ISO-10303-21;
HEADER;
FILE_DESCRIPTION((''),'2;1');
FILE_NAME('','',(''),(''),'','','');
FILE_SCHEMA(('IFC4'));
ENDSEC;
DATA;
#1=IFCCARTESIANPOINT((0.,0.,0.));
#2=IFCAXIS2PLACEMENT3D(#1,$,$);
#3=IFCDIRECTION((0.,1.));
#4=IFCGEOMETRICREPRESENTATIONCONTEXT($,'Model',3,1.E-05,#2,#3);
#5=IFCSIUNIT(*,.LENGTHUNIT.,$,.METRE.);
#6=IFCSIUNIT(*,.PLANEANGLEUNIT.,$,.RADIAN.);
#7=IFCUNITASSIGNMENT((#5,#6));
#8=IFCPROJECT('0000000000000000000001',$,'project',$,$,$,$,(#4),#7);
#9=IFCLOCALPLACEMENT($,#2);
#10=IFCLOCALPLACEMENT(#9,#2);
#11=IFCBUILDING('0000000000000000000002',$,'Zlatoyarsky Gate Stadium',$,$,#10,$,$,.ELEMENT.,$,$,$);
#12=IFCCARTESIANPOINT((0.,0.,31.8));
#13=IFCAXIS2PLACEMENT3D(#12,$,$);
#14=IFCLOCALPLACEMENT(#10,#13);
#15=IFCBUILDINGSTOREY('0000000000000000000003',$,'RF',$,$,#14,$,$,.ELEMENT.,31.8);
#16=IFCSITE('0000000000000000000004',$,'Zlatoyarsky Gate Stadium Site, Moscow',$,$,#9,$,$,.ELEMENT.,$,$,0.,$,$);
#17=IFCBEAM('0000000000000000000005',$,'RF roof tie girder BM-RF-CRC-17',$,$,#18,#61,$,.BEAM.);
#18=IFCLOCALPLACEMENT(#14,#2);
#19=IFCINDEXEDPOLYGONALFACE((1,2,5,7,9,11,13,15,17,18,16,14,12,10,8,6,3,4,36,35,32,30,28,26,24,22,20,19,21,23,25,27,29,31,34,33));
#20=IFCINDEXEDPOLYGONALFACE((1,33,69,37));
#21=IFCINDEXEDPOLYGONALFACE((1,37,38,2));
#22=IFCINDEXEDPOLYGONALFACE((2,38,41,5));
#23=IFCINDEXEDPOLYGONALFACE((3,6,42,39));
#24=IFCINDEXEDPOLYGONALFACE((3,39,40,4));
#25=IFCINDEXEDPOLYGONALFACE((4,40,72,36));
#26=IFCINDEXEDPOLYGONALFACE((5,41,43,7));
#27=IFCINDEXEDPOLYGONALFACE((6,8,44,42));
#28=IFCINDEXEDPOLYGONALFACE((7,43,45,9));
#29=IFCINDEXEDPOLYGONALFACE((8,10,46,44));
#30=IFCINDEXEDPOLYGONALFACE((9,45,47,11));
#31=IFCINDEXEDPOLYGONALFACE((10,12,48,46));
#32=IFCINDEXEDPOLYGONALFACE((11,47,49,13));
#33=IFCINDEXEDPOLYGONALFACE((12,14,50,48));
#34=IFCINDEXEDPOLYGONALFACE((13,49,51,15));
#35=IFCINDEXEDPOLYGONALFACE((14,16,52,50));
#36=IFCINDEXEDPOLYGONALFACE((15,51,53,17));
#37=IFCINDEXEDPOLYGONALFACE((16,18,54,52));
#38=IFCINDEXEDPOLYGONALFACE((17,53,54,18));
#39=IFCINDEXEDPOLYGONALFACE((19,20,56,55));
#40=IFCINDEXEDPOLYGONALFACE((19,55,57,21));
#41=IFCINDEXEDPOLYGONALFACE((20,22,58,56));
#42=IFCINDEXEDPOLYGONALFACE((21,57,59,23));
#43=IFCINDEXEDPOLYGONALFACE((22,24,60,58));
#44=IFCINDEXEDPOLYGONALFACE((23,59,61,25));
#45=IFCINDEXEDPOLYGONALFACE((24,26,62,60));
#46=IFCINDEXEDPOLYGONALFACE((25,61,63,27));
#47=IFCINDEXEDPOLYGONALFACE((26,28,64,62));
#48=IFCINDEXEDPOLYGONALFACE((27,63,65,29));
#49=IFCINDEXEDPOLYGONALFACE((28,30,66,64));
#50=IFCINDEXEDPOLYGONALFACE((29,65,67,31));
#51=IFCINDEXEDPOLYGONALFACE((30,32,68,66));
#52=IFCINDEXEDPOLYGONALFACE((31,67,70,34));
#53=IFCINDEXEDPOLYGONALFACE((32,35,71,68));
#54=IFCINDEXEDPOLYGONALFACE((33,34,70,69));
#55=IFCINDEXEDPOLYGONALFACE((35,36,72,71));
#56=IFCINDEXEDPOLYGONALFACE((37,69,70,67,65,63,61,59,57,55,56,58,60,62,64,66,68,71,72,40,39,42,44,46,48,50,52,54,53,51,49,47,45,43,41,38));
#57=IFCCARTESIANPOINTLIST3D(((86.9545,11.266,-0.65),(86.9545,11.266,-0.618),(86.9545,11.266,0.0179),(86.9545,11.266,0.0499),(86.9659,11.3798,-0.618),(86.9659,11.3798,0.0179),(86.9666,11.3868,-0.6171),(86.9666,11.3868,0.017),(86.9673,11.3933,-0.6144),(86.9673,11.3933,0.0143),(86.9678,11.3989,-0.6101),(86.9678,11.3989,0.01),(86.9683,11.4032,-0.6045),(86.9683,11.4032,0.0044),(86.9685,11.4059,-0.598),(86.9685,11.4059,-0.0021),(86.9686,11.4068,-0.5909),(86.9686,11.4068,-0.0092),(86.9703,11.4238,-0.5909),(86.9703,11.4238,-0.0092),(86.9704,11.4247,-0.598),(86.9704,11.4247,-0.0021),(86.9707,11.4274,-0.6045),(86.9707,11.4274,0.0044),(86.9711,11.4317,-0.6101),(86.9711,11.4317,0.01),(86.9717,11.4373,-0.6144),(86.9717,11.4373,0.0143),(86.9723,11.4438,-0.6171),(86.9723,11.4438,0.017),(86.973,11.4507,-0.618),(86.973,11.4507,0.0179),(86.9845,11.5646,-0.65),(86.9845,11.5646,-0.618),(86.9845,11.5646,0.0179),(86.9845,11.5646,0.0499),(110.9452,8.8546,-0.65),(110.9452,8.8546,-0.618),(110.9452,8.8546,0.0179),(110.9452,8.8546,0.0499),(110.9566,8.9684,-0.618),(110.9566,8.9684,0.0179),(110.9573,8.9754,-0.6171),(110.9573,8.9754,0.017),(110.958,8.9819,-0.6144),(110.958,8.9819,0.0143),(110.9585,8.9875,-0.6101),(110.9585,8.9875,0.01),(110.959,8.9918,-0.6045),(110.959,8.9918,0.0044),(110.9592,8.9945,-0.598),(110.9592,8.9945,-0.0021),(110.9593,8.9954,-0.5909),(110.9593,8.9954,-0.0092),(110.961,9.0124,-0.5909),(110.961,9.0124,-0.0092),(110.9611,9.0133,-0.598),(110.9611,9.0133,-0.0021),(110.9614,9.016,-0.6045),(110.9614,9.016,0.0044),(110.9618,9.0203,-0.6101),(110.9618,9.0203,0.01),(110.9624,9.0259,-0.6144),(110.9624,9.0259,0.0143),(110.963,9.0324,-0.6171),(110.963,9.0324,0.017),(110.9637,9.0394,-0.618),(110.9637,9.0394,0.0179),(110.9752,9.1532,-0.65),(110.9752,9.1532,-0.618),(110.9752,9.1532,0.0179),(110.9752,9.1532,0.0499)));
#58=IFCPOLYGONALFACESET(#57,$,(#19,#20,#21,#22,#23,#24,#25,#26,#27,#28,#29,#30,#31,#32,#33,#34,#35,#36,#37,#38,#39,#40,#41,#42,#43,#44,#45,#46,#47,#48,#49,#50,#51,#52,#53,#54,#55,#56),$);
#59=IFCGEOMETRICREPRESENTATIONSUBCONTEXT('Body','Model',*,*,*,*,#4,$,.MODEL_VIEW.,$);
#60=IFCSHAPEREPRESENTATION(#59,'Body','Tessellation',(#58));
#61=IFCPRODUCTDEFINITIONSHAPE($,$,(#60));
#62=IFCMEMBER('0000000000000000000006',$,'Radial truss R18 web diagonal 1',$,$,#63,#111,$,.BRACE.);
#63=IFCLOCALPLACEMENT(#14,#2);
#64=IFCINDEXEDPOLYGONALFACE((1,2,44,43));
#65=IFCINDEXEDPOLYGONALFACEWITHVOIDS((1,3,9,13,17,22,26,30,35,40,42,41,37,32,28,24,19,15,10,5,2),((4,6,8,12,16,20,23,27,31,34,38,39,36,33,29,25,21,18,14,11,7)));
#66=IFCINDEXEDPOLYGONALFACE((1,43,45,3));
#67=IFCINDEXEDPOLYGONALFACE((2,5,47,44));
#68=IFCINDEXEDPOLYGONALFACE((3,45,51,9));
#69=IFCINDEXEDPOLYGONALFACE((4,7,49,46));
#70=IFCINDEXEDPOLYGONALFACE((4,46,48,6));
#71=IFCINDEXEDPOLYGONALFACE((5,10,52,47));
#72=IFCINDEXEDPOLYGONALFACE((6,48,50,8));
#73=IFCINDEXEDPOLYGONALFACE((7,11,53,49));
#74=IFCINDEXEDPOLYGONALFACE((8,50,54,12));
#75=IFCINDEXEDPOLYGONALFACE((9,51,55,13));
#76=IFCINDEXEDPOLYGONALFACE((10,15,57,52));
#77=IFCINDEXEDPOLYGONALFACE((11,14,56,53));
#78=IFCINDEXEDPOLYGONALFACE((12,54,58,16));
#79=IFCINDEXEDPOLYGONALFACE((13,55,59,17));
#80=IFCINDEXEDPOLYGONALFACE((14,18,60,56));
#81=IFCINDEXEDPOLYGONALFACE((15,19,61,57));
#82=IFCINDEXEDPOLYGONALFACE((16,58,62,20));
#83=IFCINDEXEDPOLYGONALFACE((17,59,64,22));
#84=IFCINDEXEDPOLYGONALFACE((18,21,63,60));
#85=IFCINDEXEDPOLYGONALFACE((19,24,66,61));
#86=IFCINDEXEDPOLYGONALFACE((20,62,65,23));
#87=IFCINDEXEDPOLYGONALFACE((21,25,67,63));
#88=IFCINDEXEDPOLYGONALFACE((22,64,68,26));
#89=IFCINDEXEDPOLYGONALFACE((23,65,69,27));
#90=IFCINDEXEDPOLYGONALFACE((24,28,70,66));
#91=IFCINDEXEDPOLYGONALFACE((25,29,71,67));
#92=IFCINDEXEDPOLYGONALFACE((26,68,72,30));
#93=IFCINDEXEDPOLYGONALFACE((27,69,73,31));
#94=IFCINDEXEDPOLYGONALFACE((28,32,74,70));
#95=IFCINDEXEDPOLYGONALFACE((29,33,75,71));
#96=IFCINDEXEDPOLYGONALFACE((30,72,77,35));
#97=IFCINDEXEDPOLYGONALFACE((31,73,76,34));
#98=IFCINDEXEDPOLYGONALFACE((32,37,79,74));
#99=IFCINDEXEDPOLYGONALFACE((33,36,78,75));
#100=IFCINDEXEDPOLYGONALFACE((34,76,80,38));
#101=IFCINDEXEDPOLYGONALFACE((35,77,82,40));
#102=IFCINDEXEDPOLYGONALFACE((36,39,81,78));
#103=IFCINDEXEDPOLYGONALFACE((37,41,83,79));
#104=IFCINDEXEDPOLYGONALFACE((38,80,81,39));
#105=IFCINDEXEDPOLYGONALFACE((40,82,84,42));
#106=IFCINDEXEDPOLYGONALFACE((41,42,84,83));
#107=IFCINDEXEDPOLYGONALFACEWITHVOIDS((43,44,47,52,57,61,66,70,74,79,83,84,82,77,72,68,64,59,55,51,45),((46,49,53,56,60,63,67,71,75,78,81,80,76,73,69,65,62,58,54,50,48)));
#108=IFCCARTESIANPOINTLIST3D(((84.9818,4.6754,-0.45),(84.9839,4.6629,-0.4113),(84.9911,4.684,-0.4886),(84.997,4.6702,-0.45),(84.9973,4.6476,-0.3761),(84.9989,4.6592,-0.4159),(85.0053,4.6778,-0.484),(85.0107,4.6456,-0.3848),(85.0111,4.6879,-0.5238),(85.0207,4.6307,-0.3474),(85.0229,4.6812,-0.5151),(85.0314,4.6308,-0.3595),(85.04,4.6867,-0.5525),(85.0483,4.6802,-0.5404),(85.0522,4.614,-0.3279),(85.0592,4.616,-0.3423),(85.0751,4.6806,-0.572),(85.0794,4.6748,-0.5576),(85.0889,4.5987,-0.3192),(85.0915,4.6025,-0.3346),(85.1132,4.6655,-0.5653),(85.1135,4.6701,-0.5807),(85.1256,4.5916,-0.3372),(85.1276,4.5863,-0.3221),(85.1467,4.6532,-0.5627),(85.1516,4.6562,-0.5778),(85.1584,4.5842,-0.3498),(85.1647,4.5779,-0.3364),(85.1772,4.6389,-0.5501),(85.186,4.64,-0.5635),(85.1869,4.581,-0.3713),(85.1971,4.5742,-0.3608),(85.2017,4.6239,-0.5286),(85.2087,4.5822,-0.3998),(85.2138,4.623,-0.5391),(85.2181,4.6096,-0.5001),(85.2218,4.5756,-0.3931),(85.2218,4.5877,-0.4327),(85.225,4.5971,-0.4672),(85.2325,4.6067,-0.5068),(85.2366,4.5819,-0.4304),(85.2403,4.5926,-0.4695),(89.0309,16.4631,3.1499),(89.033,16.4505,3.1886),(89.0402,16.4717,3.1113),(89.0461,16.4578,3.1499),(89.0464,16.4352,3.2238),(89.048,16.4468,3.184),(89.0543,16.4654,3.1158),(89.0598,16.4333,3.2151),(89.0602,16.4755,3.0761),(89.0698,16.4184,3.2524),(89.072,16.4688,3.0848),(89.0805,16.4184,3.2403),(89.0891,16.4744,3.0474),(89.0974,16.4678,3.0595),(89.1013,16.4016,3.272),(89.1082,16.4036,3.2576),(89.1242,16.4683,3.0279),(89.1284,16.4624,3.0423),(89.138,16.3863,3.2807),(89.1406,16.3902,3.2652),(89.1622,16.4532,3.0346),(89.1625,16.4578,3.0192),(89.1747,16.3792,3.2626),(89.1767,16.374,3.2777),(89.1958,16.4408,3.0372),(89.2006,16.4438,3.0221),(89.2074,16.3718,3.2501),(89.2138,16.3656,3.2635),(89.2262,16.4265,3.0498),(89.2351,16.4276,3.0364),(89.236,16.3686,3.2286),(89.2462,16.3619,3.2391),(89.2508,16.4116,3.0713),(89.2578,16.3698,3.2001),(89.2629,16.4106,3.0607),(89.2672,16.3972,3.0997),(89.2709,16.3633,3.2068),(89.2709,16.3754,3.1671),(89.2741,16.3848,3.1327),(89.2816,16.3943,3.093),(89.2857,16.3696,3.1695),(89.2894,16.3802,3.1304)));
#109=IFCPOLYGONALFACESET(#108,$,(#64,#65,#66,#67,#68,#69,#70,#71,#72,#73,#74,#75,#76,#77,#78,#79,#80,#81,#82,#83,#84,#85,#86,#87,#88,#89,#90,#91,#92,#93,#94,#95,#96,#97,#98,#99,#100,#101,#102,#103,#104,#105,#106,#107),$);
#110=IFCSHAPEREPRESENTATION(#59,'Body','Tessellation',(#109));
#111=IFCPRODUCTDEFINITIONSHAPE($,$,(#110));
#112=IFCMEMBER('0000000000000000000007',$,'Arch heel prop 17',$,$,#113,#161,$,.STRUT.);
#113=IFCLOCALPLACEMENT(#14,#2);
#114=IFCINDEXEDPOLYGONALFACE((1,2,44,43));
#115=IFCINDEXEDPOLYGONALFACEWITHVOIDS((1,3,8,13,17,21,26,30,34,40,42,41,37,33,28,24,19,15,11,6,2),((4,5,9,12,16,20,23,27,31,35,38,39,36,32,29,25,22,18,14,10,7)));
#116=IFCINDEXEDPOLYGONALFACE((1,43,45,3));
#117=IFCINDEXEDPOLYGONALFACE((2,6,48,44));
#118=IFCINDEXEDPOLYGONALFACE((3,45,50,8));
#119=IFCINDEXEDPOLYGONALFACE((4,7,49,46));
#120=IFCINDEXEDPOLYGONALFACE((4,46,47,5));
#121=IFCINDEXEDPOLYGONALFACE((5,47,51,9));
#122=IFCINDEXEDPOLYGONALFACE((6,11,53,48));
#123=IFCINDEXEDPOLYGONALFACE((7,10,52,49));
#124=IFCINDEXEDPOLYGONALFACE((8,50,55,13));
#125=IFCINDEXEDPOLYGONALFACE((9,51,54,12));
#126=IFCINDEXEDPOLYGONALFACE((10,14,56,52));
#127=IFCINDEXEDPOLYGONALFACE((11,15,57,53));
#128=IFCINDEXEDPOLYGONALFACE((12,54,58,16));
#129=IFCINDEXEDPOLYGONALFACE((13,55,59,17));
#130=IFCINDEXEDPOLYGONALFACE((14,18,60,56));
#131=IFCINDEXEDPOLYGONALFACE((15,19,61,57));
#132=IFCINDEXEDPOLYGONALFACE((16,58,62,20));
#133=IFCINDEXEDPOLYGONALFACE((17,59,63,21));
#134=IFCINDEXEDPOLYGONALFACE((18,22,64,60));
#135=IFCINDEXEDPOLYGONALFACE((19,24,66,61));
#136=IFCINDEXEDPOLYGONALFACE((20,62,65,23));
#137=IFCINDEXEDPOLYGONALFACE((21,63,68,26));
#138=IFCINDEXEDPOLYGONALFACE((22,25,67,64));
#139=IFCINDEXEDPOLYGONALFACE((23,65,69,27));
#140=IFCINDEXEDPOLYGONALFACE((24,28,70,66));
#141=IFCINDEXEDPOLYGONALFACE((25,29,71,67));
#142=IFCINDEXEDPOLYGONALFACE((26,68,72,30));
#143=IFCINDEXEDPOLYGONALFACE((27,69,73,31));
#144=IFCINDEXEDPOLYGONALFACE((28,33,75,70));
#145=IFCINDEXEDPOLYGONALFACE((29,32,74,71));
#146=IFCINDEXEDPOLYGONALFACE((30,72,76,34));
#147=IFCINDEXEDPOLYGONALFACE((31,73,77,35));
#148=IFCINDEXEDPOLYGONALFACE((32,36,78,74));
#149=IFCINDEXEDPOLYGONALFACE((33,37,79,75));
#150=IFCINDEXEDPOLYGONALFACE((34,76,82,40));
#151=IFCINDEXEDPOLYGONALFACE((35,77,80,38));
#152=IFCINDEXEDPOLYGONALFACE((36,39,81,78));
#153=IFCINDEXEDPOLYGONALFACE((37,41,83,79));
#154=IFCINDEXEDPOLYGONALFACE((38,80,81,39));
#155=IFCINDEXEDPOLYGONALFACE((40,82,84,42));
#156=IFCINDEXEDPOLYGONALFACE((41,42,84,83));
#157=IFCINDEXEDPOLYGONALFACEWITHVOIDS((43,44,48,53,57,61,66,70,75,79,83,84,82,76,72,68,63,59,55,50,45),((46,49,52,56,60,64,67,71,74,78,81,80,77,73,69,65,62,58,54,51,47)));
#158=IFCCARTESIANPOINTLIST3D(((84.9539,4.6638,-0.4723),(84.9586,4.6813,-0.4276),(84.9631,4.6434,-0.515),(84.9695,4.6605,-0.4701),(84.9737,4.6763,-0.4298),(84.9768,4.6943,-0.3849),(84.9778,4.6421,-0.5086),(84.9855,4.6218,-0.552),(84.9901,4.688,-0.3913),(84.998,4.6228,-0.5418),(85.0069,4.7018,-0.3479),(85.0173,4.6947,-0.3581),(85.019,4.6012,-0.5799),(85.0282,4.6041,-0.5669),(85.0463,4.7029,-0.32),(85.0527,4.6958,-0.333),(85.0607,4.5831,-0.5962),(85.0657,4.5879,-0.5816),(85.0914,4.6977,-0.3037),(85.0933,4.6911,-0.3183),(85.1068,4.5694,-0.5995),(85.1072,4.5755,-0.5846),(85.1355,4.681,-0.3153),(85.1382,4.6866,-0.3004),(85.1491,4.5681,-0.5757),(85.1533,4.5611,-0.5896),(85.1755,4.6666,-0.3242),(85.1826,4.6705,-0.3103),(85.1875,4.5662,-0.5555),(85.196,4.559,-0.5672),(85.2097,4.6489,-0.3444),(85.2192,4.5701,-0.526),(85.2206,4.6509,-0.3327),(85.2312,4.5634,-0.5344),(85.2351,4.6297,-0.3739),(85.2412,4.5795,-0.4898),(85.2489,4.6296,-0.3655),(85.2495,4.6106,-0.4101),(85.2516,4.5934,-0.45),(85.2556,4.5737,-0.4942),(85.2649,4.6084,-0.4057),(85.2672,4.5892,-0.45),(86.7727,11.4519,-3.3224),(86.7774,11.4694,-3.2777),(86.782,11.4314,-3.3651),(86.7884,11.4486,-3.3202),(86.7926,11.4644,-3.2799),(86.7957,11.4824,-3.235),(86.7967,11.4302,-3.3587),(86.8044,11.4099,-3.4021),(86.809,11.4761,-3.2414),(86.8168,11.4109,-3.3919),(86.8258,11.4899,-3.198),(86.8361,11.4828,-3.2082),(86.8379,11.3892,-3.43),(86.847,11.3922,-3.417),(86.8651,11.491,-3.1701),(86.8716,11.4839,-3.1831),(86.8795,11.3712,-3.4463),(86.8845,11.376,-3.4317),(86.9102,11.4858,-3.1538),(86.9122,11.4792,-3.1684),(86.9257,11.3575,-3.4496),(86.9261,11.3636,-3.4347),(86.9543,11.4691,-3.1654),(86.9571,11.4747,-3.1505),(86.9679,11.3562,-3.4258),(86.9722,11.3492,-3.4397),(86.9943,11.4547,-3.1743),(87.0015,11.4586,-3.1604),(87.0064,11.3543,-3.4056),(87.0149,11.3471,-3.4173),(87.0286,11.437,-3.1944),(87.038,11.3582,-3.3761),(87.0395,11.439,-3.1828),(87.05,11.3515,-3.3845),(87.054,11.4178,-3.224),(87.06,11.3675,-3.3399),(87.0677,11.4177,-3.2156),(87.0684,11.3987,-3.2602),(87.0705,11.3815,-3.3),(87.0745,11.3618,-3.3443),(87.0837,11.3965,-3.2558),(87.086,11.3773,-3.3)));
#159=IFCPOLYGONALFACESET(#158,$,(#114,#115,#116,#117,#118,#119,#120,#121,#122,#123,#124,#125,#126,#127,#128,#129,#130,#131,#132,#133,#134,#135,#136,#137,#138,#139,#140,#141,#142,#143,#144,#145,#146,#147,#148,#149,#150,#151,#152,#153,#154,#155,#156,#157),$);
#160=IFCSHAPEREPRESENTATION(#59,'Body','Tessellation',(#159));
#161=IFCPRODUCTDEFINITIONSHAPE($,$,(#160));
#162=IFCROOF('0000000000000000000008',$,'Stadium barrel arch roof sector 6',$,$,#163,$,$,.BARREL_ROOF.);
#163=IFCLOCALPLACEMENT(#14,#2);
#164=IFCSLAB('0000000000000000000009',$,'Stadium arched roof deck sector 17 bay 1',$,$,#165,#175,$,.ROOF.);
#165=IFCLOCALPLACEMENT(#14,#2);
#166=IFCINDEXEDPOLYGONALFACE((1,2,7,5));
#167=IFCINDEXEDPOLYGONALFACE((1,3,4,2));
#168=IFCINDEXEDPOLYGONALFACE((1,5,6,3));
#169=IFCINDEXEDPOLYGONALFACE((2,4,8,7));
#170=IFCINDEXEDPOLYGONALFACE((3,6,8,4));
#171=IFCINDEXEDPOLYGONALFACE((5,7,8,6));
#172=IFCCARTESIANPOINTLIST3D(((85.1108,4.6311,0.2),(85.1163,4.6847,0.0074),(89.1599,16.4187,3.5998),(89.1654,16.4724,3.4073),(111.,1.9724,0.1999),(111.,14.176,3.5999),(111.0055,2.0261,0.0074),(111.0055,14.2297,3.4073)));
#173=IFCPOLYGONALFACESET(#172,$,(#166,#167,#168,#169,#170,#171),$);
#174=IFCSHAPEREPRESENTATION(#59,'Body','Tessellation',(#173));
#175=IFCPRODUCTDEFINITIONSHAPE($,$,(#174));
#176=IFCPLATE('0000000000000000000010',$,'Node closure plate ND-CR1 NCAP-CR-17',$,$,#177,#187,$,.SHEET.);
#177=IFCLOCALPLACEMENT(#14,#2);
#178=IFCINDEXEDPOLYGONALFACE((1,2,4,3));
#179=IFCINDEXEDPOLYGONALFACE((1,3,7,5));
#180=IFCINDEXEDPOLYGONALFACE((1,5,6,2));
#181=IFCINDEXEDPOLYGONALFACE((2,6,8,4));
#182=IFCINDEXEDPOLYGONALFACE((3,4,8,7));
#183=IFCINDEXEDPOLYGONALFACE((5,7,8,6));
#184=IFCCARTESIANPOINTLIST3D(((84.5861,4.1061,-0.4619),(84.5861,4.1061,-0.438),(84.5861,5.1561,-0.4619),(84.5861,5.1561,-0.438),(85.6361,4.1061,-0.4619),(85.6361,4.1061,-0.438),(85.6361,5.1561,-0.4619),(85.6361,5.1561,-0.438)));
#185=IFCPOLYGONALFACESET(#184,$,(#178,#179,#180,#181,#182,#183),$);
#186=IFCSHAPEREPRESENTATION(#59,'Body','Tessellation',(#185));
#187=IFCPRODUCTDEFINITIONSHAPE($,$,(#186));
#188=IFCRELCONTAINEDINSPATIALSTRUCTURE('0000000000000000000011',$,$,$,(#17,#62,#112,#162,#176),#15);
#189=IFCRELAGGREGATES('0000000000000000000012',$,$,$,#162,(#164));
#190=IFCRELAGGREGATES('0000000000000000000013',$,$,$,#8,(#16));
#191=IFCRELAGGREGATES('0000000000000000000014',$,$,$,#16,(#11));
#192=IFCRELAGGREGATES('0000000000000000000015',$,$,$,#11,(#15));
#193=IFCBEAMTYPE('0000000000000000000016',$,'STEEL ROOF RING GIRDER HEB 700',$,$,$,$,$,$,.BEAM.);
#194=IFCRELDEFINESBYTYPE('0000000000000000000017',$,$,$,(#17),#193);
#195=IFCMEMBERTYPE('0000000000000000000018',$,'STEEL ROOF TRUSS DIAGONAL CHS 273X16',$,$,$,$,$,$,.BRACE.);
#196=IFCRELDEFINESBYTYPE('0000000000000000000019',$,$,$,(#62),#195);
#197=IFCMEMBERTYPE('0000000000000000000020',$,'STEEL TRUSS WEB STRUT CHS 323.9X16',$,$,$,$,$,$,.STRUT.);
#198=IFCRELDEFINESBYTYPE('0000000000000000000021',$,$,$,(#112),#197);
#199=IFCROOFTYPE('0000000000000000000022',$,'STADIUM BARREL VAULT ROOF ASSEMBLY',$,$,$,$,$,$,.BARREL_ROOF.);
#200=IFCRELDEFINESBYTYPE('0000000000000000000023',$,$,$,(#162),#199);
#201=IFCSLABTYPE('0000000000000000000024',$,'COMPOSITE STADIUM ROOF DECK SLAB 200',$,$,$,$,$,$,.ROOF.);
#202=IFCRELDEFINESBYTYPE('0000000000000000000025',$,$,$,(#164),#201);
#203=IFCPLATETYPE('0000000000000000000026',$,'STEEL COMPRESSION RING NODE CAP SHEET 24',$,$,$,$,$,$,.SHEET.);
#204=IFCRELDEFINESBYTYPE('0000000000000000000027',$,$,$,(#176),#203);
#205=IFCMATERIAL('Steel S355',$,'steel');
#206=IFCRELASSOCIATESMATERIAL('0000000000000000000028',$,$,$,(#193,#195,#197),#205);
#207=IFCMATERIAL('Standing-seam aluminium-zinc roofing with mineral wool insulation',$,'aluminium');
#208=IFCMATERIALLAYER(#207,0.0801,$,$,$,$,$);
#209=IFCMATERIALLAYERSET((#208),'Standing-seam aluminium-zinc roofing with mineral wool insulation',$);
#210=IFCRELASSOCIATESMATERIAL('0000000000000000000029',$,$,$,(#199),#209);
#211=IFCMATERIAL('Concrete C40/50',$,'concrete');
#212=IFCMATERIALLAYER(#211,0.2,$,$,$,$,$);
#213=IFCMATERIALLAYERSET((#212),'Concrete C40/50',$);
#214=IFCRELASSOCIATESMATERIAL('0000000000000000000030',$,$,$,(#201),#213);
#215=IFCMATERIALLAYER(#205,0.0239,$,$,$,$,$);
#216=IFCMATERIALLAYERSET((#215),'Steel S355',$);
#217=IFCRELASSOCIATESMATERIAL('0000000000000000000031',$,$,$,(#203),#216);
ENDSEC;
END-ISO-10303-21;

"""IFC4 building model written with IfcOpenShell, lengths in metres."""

from ifc_helpers import new_model, si_unit, direction, frame, origin, origin_2d, place, context, subcontext, project, spatial, polyline, rectangle, hollow_circle, i_section, outline, extrude, material, layer, layer_set, material_profile, profile_set, type_object, element, aggregate, save


model = new_model("IFC4")

# Units and contexts
model_context = context("Model", 3, precision=1e-05, world=origin(), true_north=direction((0.0, 1.0)))
body_context = subcontext(model_context, "Body", "Model", "MODEL_VIEW")
ifc_project = project(units=[si_unit("LENGTHUNIT", "METRE"), si_unit("PLANEANGLEUNIT", "RADIAN")], contexts=[model_context])

# Site, building, storey
site_placement = place(None, origin())
site = spatial("IfcSite", under=ifc_project, at=site_placement, Name="Zlatoyarsky Gate Stadium Site, Moscow", CompositionType="ELEMENT", RefElevation=0.0)
building_placement = place(site_placement, origin())
building = spatial("IfcBuilding", under=site, at=building_placement, Name="Zlatoyarsky Gate Stadium", CompositionType="ELEMENT")
storey_placement = place(building_placement, frame((0.0, 0.0, 31.8)))
storey = spatial("IfcBuildingStorey", under=building, at=storey_placement, Name="RF", CompositionType="ELEMENT", Elevation=31.8)

# Shared definitions
ifc_material_1 = material(Name="Steel S355", Category="steel")

# Beam
ifc_material_profile_1 = material_profile(ifc_material_1, i_section(OverallWidth=0.3, OverallDepth=0.7, WebThickness=0.0171, FlangeThickness=0.032, FilletRadius=0.0271, at=origin_2d()), Name="HEB 700")
ifc_profile_set_1 = profile_set([ifc_material_profile_1], Name="Steel S355")
beam_type_1 = type_object("IfcBeamType", Name="STEEL ROOF RING GIRDER HEB 700", PredefinedType="BEAM", material=ifc_profile_set_1)
beam_1_placement = place(storey_placement, frame((86.9695, 11.4153, -0.3), z_axis=(0.994987, -0.100009, 0.0), x_axis=(0.100009, 0.994987, 0.0)))
element("IfcBeam", 1, at=beam_1_placement, inside=storey, type_object=beam_type_1, Name="RF roof tie girder BM-RF-CRC-17", PredefinedType="BEAM", context=body_context, shape_type="SweptSolid", body=[
    extrude(i_section(OverallWidth=0.3, OverallDepth=0.7, WebThickness=0.0171, FlangeThickness=0.032, FilletRadius=0.0271, at=origin_2d()), origin(), (0.0, 0.0, 1.0), 24.1116),
])

# Members
ifc_material_profile_2 = material_profile(ifc_material_1, hollow_circle(Radius=0.1365, WallThickness=0.0161, at=origin_2d()), Name="CHS 273X16")
ifc_profile_set_2 = profile_set([ifc_material_profile_2], Name="Steel S355")
member_type_1 = type_object("IfcMemberType", Name="STEEL ROOF TRUSS DIAGONAL CHS 273X16", PredefinedType="BRACE", material=ifc_profile_set_2)
member_1_placement = place(storey_placement, frame((85.1108, 4.6311, -0.45), z_axis=(0.312113, 0.908618, 0.277486), x_axis=(-0.945758, 0.324871, 0.0)))
element("IfcMember", 2, at=member_1_placement, inside=storey, type_object=member_type_1, Name="Radial truss R18 web diagonal 1", PredefinedType="BRACE", context=body_context, shape_type="SweptSolid", body=[
    extrude(hollow_circle(Radius=0.1365, WallThickness=0.0161, at=origin_2d()), origin(), (0.0, 0.0, 1.0), 12.9731),
])
ifc_material_profile_3 = material_profile(ifc_material_1, hollow_circle(Radius=0.1619, WallThickness=0.0161, at=origin_2d()), Name="CHS 323.9X16")
ifc_profile_set_3 = profile_set([ifc_material_profile_3], Name="Steel S355")
member_type_2 = type_object("IfcMemberType", Name="STEEL TRUSS WEB STRUT CHS 323.9X16", PredefinedType="STRUT", material=ifc_profile_set_3)
member_2_placement = place(storey_placement, frame((86.9297, 11.4192, -3.3), z_axis=(-0.239843, -0.895113, 0.375829), x_axis=(0.965926, -0.258817, 0.0)))
element("IfcMember", 3, at=member_2_placement, inside=storey, type_object=member_type_2, Name="Arch heel prop 17", PredefinedType="STRUT", context=body_context, shape_type="SweptSolid", body=[
    extrude(hollow_circle(Radius=0.1619, WallThickness=0.0161, at=origin_2d()), origin(), (0.0, 0.0, 1.0), 7.5835),
])

# Roof, slab
ifc_material_2 = material(Name="Standing-seam aluminium-zinc roofing with mineral wool insulation", Category="aluminium")
ifc_layer_1 = layer(ifc_material_2, 0.0801)
ifc_layer_set_1 = layer_set([ifc_layer_1], Name="Standing-seam aluminium-zinc roofing with mineral wool insulation")
roof_type = type_object("IfcRoofType", Name="STADIUM BARREL VAULT ROOF ASSEMBLY", PredefinedType="BARREL_ROOF", material=ifc_layer_set_1)
roof_placement = place(storey_placement, origin())
roof = element("IfcRoof", 4, at=roof_placement, inside=storey, type_object=roof_type, Name="Stadium barrel arch roof sector 6", PredefinedType="BARREL_ROOF")
ifc_material_3 = material(Name="Concrete C40/50", Category="concrete")
ifc_layer_2 = layer(ifc_material_3, 0.2)
ifc_layer_set_2 = layer_set([ifc_layer_2], Name="Concrete C40/50")
slab_type = type_object("IfcSlabType", Name="COMPOSITE STADIUM ROOF DECK SLAB 200", PredefinedType="ROOF", material=ifc_layer_set_2)
slab_placement = place(storey_placement, frame((85.1108, 4.6311, 0.2), z_axis=(-0.02755, -0.268278, 0.962948), x_axis=(0.994768, -0.102158, -0.000001)))
slab = element("IfcSlab", 5, at=slab_placement, type_object=slab_type, Name="Stadium arched roof deck sector 17 bay 1", PredefinedType="ROOF", context=body_context, shape_type="SweptSolid", body=[
    extrude(outline(polyline([(0.0, 0.0), (26.0253, 0.0), (24.7786, 12.6069), (2.8237, 12.6067), (0.0, 0.0)])), origin(), (0.0, 0.0, -1.0), 0.2),
])

# Plate
ifc_layer_3 = layer(ifc_material_1, 0.0239)
ifc_layer_set_3 = layer_set([ifc_layer_3], Name="Steel S355")
plate_type_1 = type_object("IfcPlateType", Name="STEEL COMPRESSION RING NODE CAP SHEET 24", PredefinedType="SHEET", material=ifc_layer_set_3)
plate_1_placement = place(storey_placement, frame((85.1111, 4.6311, -0.4619), z_axis=(0.0, 0.0, 1.0), x_axis=(1.0, 0.0, 0.0)))
element("IfcPlate", 6, at=plate_1_placement, inside=storey, type_object=plate_type_1, Name="Node closure plate ND-CR1 NCAP-CR-17", PredefinedType="SHEET", context=body_context, shape_type="SweptSolid", body=[
    extrude(rectangle(XDim=1.05, YDim=1.05, at=origin_2d()), origin(), (0.0, 0.0, 1.0), 0.0239),
])

aggregate(roof, [slab])

save(model, "model.ifc")
